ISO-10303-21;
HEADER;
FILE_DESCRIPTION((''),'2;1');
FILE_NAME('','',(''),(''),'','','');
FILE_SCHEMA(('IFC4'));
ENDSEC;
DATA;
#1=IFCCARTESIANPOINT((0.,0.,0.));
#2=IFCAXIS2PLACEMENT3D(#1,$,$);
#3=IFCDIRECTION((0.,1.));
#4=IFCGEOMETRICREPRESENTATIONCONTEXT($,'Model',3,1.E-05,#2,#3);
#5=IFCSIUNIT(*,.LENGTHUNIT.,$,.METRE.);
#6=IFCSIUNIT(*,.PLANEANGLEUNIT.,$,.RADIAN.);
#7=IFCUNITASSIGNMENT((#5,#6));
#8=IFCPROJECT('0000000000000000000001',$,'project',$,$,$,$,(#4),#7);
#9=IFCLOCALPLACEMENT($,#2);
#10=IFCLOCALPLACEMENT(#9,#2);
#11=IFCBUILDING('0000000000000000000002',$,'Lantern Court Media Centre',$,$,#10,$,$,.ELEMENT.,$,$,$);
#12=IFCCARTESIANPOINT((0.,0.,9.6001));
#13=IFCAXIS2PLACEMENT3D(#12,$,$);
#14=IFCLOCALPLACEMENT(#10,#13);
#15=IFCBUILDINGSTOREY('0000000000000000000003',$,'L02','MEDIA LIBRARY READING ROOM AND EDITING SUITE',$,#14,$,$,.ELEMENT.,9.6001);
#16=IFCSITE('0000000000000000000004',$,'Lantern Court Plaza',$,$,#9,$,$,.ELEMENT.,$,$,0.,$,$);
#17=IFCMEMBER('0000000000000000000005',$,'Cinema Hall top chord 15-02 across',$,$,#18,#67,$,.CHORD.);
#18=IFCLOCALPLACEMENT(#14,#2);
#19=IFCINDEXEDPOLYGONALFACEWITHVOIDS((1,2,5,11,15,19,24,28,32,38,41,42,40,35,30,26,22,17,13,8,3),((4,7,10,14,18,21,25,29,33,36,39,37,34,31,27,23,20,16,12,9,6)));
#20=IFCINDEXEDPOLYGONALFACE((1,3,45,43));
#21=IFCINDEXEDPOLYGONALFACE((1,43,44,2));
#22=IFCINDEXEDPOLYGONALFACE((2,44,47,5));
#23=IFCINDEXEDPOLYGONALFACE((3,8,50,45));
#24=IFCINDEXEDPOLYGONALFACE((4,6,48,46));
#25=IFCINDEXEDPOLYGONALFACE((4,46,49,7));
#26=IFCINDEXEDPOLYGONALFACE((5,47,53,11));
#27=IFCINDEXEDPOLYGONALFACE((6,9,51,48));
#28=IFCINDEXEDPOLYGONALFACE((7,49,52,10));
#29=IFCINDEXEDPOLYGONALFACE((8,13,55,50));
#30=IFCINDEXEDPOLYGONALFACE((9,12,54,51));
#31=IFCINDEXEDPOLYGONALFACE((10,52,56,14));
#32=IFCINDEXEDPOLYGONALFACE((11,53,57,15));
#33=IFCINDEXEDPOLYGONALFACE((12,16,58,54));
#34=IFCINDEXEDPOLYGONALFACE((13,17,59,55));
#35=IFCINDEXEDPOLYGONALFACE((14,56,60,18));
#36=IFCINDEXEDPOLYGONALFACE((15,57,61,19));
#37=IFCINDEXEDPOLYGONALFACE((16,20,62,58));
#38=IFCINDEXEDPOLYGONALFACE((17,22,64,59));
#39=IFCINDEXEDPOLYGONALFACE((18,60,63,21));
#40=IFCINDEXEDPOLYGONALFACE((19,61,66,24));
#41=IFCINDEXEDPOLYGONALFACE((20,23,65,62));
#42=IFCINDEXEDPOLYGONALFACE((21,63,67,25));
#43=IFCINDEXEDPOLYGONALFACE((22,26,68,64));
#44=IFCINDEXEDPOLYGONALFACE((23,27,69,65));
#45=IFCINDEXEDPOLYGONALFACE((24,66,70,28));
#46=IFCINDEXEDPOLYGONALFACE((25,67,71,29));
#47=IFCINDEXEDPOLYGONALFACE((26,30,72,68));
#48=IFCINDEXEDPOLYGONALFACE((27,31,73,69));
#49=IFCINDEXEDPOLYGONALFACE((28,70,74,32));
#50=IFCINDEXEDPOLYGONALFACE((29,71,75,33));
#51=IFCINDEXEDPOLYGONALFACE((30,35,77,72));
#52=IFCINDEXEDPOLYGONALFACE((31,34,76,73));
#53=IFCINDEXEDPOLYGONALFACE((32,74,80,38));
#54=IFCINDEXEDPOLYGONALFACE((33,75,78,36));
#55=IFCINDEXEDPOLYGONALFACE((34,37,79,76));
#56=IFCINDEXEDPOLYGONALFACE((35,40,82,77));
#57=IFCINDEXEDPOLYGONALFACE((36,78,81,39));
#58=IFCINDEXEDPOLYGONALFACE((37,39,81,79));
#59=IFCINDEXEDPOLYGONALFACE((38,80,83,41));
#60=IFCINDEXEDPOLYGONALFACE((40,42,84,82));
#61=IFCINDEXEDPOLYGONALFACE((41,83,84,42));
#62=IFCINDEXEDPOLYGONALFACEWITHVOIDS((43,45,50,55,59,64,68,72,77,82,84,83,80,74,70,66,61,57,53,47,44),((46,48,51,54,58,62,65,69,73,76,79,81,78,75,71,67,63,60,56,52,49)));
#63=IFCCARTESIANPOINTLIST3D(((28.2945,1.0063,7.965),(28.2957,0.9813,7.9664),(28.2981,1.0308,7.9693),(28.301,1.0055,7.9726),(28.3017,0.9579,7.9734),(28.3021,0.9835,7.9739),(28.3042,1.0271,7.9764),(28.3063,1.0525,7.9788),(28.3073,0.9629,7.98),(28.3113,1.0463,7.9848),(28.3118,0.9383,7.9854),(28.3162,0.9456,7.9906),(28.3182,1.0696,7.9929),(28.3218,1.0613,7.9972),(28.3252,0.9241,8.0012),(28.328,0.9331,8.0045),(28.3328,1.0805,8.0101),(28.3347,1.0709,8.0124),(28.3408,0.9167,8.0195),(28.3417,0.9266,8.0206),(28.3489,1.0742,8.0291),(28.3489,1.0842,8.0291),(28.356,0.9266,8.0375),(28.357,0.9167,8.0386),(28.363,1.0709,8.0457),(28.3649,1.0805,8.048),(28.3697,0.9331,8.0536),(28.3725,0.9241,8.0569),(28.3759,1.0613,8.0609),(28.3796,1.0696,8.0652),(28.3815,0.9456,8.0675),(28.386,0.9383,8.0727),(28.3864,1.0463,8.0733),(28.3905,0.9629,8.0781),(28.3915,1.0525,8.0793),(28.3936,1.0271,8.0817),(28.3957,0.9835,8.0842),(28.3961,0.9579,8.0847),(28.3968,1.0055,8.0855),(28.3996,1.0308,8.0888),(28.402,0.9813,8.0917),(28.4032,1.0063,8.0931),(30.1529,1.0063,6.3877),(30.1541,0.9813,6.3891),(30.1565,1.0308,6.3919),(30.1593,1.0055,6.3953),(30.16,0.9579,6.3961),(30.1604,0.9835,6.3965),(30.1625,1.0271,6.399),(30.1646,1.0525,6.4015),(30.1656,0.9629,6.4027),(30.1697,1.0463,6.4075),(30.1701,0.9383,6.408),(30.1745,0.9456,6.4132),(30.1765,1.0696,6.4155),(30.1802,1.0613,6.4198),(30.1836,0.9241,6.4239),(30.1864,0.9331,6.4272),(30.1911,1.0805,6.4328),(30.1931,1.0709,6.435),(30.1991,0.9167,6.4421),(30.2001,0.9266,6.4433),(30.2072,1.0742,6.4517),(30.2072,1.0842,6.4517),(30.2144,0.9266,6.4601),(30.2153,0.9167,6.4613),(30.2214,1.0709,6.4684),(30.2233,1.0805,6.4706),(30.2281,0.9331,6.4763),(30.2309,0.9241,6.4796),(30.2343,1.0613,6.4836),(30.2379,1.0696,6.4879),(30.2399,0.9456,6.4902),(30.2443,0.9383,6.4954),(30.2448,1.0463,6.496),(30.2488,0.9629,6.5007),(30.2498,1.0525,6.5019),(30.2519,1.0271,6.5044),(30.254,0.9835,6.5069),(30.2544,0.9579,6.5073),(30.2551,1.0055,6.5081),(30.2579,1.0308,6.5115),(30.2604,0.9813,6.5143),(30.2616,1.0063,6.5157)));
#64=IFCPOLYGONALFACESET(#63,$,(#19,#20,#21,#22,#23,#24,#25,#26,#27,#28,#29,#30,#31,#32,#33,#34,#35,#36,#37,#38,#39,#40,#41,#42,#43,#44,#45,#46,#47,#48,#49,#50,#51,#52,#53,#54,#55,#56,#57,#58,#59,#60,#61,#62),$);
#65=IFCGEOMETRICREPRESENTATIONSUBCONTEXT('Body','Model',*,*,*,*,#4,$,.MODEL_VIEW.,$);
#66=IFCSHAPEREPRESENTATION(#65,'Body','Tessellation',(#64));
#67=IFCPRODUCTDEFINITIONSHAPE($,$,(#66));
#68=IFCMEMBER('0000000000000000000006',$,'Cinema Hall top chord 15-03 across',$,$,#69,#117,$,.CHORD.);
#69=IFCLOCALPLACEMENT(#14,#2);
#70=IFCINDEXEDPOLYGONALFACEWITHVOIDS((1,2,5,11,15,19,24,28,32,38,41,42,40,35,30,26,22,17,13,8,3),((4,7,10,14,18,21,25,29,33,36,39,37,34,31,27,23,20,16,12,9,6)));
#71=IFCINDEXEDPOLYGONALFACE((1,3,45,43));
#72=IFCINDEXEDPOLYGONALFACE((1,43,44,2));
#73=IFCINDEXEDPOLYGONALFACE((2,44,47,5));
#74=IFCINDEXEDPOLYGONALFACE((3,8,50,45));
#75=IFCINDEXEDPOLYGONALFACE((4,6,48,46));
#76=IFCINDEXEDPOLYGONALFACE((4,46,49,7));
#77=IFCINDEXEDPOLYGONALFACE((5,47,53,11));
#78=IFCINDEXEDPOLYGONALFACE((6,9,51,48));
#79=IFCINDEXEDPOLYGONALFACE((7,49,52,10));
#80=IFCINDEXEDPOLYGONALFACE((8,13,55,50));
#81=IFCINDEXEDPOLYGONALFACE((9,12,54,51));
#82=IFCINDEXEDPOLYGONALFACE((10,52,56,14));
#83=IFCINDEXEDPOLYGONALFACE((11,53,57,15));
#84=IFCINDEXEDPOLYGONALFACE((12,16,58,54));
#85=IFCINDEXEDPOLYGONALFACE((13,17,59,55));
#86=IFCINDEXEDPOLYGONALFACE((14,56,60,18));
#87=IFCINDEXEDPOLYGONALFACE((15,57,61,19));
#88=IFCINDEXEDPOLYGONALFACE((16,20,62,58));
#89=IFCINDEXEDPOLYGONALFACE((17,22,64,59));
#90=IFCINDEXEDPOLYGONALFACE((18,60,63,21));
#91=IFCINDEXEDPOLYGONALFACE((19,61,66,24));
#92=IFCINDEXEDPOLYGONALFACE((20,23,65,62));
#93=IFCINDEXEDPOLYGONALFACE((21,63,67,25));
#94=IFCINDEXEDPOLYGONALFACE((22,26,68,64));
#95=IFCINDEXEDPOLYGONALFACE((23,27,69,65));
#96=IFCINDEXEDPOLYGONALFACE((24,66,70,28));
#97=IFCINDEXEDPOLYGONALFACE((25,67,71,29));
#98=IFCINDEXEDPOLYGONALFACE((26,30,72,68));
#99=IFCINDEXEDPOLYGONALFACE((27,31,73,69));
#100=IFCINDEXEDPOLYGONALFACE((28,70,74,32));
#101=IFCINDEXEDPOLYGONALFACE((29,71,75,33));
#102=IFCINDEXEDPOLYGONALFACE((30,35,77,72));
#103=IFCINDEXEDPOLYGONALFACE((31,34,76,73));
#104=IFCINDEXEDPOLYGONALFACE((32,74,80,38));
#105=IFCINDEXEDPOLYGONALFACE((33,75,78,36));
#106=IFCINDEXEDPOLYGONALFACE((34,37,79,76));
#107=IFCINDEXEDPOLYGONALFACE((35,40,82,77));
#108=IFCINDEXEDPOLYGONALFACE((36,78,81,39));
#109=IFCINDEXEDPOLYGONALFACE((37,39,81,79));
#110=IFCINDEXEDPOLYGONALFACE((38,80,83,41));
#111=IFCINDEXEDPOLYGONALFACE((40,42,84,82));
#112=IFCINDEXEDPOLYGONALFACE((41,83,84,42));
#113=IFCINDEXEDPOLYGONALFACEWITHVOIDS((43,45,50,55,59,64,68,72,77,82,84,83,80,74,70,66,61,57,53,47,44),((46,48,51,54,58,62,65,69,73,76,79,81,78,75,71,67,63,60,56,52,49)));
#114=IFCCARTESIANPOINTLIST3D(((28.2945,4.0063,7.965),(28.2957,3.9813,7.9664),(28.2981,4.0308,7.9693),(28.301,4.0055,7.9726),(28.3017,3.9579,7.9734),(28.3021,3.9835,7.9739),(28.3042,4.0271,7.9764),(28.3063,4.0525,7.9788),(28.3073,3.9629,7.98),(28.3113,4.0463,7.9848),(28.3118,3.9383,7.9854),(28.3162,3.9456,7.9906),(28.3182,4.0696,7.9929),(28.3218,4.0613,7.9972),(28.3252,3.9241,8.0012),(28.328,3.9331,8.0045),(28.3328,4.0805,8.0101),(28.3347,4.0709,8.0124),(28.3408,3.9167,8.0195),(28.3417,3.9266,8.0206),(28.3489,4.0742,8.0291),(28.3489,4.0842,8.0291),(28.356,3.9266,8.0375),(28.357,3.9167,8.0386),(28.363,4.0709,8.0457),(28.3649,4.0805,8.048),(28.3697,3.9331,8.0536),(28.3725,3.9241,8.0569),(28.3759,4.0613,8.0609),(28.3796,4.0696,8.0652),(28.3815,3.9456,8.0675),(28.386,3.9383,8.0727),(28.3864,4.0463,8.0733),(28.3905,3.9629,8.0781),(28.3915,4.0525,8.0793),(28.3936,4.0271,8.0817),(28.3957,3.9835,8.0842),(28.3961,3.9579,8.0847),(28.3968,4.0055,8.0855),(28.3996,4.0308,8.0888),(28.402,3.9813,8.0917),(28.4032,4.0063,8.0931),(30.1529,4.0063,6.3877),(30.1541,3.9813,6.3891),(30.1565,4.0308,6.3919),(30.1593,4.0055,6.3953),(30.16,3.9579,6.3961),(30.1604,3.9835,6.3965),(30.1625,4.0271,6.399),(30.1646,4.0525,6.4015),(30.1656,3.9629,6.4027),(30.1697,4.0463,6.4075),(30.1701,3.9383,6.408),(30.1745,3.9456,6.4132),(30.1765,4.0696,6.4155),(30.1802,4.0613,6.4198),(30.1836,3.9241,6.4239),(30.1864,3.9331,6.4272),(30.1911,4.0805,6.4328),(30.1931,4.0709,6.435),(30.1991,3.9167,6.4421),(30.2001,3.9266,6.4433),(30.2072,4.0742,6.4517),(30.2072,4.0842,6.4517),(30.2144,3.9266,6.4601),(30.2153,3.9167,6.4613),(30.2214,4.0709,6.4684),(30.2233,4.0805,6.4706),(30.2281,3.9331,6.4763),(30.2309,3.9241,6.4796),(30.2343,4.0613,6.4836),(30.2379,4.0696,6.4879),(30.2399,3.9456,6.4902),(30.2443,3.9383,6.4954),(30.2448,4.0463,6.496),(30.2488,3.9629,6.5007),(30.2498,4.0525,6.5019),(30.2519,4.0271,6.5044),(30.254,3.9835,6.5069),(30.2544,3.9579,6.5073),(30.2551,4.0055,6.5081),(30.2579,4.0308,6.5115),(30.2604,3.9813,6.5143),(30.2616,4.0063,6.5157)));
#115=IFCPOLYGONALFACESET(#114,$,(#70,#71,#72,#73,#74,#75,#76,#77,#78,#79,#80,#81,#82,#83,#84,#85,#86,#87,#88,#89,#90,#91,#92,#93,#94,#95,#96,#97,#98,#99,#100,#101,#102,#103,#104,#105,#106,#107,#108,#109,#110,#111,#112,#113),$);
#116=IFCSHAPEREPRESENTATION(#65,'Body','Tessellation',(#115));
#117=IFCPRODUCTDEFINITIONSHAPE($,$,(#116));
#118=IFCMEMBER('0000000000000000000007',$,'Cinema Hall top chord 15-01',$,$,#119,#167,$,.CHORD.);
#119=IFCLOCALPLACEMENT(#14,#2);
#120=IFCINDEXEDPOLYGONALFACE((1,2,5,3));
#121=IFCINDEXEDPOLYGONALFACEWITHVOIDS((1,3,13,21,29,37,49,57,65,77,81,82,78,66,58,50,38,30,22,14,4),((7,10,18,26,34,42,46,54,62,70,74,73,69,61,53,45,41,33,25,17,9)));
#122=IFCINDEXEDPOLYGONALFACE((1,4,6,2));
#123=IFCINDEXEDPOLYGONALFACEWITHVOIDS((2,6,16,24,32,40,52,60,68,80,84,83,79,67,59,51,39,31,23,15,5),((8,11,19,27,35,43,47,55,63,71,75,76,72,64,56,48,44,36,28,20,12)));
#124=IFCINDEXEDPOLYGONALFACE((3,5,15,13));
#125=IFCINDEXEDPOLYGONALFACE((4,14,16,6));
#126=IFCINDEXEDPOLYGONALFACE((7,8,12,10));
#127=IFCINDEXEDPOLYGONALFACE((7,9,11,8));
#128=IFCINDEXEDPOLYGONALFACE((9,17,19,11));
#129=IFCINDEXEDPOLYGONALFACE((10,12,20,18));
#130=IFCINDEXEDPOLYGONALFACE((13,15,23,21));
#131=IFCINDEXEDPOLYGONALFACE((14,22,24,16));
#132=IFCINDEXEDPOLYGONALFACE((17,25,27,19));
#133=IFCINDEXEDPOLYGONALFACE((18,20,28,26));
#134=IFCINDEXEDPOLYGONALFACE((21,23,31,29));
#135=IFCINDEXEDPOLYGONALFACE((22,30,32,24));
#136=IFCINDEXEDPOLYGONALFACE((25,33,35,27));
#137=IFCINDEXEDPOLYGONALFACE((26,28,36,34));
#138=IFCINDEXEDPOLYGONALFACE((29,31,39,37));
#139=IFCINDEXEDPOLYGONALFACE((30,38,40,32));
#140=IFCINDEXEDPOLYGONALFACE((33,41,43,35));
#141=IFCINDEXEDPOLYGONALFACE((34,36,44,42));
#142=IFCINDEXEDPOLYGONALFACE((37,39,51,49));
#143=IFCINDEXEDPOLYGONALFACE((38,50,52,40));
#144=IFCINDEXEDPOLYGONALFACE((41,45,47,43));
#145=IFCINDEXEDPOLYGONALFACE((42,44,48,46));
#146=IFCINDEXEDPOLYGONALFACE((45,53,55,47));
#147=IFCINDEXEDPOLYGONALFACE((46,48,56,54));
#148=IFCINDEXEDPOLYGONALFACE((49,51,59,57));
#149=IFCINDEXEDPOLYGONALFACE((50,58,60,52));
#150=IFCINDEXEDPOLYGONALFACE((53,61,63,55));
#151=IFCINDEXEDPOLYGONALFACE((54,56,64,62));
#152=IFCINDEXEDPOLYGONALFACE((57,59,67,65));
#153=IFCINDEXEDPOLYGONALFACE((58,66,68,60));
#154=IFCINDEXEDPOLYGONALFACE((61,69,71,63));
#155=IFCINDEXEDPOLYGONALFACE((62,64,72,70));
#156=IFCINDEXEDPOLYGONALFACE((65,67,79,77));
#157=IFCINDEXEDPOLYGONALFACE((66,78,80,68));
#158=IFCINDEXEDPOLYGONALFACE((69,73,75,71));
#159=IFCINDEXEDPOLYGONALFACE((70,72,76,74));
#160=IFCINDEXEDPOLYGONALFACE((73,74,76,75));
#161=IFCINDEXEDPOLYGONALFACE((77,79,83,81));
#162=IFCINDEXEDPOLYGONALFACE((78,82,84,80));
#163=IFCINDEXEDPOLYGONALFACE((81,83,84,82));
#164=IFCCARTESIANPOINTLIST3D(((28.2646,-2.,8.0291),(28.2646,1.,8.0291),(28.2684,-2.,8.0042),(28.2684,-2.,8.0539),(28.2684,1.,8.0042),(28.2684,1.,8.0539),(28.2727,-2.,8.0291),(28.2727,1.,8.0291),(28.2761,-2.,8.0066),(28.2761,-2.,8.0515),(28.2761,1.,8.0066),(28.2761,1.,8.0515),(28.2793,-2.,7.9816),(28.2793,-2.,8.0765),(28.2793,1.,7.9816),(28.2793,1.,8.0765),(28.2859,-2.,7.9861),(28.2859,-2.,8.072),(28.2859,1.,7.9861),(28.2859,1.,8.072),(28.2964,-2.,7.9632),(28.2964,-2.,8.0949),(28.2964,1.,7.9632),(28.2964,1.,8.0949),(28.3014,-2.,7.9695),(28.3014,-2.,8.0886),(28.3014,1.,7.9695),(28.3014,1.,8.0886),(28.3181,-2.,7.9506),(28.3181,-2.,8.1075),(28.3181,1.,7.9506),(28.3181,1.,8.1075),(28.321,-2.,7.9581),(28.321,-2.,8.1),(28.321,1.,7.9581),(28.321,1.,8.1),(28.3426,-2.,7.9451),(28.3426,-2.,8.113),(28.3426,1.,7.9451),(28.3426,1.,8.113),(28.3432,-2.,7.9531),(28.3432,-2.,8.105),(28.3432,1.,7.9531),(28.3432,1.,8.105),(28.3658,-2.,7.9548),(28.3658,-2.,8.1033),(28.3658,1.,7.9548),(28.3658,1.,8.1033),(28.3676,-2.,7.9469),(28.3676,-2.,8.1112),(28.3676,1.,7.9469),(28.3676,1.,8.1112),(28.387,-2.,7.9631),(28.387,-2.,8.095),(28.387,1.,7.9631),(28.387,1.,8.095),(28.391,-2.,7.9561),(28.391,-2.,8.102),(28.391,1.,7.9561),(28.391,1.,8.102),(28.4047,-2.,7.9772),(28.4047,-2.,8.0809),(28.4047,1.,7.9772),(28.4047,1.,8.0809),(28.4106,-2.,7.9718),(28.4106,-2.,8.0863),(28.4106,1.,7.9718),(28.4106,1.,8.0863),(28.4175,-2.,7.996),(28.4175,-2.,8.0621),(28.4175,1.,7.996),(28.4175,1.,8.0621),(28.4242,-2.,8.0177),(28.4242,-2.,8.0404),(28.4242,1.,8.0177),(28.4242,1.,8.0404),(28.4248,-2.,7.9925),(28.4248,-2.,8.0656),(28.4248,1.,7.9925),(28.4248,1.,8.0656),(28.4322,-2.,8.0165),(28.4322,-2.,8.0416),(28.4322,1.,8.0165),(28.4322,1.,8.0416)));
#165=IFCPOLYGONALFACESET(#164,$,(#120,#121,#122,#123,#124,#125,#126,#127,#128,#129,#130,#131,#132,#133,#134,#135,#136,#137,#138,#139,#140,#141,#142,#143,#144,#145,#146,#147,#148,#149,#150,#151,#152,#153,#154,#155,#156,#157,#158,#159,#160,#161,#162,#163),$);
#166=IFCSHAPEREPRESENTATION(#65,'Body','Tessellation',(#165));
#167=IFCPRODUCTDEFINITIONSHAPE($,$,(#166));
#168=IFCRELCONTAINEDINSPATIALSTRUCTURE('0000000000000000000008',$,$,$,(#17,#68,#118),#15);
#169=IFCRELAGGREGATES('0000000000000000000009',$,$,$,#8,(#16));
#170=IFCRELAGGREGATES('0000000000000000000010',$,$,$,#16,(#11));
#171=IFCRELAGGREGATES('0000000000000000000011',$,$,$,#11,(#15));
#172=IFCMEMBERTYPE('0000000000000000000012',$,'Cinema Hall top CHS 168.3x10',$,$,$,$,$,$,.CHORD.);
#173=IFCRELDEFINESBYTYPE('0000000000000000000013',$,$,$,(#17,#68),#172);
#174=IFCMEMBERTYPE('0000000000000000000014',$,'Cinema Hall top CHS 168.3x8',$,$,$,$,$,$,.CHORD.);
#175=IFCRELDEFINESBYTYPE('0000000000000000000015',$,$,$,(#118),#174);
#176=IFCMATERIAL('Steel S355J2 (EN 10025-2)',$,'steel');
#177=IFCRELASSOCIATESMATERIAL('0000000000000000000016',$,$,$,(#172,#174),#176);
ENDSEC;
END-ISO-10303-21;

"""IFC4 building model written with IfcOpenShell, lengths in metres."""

from ifc_helpers import new_model, si_unit, direction, frame, origin, origin_2d, place, context, subcontext, project, spatial, hollow_circle, extrude, material, material_profile, profile_set, type_object, element, save


model = new_model("IFC4")

# Units and contexts
model_context = context("Model", 3, precision=1e-05, world=origin(), true_north=direction((0.0, 1.0)))
body_context = subcontext(model_context, "Body", "Model", "MODEL_VIEW")
ifc_project = project(units=[si_unit("LENGTHUNIT", "METRE"), si_unit("PLANEANGLEUNIT", "RADIAN")], contexts=[model_context])

# Site, building, storey
site_placement = place(None, origin())
site = spatial("IfcSite", under=ifc_project, at=site_placement, Name="Lantern Court Plaza", CompositionType="ELEMENT", RefElevation=0.0)
building_placement = place(site_placement, origin())
building = spatial("IfcBuilding", under=site, at=building_placement, Name="Lantern Court Media Centre", CompositionType="ELEMENT")
storey_placement = place(building_placement, frame((0.0, 0.0, 9.6001)))
storey = spatial("IfcBuildingStorey", under=building, at=storey_placement, Name="L02", Description="MEDIA LIBRARY READING ROOM AND EDITING SUITE", CompositionType="ELEMENT", Elevation=9.6001)

# Members
ifc_material = material(Name="Steel S355J2 (EN 10025-2)", Category="steel")
ifc_material_profile_1 = material_profile(ifc_material, hollow_circle(Radius=0.0842, WallThickness=0.01, at=origin_2d()), Name="Cinema Hall top CHS 168.3x10")
ifc_profile_set_1 = profile_set([ifc_material_profile_1], Name="Steel S355J2 (EN 10025-2)")
member_type_1 = type_object("IfcMemberType", Name="Cinema Hall top CHS 168.3x10", PredefinedType="CHORD", material=ifc_profile_set_1)
for number, where, z_axis, x_axis, name in (
    (1, (28.3489, 1.0, 8.0291), (0.762394, 0.0, -0.647113), (0.0, 1.0, 0.0), "Cinema Hall top chord 15-02 across"),
    (2, (28.3489, 4.0, 8.0291), (0.762394, 0.0, -0.647113), (0.0, 1.0, 0.0), "Cinema Hall top chord 15-03 across"),
):
    element("IfcMember", number, at=place(storey_placement, frame(where, z_axis=z_axis, x_axis=x_axis)), inside=storey, type_object=member_type_1, Name=name, PredefinedType="CHORD", context=body_context, shape_type="SweptSolid", body=[
        extrude(hollow_circle(Radius=0.0842, WallThickness=0.01, at=origin_2d()), origin(), (0.0, 0.0, 1.0), 2.4375),
    ])
ifc_material_profile_2 = material_profile(ifc_material, hollow_circle(Radius=0.0842, WallThickness=0.0081, at=origin_2d()), Name="Cinema Hall top CHS 168.3x8")
ifc_profile_set_2 = profile_set([ifc_material_profile_2], Name="Steel S355J2 (EN 10025-2)")
member_type_2 = type_object("IfcMemberType", Name="Cinema Hall top CHS 168.3x8", PredefinedType="CHORD", material=ifc_profile_set_2)
for number, where, z_axis, x_axis, name in (
    (3, (28.3489, -2.0, 8.0291), (0.0, 1.0, 0.0), (-1.0, 0.0, 0.0), "Cinema Hall top chord 15-01"),
):
    element("IfcMember", number, at=place(storey_placement, frame(where, z_axis=z_axis, x_axis=x_axis)), inside=storey, type_object=member_type_2, Name=name, PredefinedType="CHORD", context=body_context, shape_type="SweptSolid", body=[
        extrude(hollow_circle(Radius=0.0842, WallThickness=0.0081, at=origin_2d()), origin(), (0.0, 0.0, 1.0), 3.0),
    ])

save(model, "model.ifc")
